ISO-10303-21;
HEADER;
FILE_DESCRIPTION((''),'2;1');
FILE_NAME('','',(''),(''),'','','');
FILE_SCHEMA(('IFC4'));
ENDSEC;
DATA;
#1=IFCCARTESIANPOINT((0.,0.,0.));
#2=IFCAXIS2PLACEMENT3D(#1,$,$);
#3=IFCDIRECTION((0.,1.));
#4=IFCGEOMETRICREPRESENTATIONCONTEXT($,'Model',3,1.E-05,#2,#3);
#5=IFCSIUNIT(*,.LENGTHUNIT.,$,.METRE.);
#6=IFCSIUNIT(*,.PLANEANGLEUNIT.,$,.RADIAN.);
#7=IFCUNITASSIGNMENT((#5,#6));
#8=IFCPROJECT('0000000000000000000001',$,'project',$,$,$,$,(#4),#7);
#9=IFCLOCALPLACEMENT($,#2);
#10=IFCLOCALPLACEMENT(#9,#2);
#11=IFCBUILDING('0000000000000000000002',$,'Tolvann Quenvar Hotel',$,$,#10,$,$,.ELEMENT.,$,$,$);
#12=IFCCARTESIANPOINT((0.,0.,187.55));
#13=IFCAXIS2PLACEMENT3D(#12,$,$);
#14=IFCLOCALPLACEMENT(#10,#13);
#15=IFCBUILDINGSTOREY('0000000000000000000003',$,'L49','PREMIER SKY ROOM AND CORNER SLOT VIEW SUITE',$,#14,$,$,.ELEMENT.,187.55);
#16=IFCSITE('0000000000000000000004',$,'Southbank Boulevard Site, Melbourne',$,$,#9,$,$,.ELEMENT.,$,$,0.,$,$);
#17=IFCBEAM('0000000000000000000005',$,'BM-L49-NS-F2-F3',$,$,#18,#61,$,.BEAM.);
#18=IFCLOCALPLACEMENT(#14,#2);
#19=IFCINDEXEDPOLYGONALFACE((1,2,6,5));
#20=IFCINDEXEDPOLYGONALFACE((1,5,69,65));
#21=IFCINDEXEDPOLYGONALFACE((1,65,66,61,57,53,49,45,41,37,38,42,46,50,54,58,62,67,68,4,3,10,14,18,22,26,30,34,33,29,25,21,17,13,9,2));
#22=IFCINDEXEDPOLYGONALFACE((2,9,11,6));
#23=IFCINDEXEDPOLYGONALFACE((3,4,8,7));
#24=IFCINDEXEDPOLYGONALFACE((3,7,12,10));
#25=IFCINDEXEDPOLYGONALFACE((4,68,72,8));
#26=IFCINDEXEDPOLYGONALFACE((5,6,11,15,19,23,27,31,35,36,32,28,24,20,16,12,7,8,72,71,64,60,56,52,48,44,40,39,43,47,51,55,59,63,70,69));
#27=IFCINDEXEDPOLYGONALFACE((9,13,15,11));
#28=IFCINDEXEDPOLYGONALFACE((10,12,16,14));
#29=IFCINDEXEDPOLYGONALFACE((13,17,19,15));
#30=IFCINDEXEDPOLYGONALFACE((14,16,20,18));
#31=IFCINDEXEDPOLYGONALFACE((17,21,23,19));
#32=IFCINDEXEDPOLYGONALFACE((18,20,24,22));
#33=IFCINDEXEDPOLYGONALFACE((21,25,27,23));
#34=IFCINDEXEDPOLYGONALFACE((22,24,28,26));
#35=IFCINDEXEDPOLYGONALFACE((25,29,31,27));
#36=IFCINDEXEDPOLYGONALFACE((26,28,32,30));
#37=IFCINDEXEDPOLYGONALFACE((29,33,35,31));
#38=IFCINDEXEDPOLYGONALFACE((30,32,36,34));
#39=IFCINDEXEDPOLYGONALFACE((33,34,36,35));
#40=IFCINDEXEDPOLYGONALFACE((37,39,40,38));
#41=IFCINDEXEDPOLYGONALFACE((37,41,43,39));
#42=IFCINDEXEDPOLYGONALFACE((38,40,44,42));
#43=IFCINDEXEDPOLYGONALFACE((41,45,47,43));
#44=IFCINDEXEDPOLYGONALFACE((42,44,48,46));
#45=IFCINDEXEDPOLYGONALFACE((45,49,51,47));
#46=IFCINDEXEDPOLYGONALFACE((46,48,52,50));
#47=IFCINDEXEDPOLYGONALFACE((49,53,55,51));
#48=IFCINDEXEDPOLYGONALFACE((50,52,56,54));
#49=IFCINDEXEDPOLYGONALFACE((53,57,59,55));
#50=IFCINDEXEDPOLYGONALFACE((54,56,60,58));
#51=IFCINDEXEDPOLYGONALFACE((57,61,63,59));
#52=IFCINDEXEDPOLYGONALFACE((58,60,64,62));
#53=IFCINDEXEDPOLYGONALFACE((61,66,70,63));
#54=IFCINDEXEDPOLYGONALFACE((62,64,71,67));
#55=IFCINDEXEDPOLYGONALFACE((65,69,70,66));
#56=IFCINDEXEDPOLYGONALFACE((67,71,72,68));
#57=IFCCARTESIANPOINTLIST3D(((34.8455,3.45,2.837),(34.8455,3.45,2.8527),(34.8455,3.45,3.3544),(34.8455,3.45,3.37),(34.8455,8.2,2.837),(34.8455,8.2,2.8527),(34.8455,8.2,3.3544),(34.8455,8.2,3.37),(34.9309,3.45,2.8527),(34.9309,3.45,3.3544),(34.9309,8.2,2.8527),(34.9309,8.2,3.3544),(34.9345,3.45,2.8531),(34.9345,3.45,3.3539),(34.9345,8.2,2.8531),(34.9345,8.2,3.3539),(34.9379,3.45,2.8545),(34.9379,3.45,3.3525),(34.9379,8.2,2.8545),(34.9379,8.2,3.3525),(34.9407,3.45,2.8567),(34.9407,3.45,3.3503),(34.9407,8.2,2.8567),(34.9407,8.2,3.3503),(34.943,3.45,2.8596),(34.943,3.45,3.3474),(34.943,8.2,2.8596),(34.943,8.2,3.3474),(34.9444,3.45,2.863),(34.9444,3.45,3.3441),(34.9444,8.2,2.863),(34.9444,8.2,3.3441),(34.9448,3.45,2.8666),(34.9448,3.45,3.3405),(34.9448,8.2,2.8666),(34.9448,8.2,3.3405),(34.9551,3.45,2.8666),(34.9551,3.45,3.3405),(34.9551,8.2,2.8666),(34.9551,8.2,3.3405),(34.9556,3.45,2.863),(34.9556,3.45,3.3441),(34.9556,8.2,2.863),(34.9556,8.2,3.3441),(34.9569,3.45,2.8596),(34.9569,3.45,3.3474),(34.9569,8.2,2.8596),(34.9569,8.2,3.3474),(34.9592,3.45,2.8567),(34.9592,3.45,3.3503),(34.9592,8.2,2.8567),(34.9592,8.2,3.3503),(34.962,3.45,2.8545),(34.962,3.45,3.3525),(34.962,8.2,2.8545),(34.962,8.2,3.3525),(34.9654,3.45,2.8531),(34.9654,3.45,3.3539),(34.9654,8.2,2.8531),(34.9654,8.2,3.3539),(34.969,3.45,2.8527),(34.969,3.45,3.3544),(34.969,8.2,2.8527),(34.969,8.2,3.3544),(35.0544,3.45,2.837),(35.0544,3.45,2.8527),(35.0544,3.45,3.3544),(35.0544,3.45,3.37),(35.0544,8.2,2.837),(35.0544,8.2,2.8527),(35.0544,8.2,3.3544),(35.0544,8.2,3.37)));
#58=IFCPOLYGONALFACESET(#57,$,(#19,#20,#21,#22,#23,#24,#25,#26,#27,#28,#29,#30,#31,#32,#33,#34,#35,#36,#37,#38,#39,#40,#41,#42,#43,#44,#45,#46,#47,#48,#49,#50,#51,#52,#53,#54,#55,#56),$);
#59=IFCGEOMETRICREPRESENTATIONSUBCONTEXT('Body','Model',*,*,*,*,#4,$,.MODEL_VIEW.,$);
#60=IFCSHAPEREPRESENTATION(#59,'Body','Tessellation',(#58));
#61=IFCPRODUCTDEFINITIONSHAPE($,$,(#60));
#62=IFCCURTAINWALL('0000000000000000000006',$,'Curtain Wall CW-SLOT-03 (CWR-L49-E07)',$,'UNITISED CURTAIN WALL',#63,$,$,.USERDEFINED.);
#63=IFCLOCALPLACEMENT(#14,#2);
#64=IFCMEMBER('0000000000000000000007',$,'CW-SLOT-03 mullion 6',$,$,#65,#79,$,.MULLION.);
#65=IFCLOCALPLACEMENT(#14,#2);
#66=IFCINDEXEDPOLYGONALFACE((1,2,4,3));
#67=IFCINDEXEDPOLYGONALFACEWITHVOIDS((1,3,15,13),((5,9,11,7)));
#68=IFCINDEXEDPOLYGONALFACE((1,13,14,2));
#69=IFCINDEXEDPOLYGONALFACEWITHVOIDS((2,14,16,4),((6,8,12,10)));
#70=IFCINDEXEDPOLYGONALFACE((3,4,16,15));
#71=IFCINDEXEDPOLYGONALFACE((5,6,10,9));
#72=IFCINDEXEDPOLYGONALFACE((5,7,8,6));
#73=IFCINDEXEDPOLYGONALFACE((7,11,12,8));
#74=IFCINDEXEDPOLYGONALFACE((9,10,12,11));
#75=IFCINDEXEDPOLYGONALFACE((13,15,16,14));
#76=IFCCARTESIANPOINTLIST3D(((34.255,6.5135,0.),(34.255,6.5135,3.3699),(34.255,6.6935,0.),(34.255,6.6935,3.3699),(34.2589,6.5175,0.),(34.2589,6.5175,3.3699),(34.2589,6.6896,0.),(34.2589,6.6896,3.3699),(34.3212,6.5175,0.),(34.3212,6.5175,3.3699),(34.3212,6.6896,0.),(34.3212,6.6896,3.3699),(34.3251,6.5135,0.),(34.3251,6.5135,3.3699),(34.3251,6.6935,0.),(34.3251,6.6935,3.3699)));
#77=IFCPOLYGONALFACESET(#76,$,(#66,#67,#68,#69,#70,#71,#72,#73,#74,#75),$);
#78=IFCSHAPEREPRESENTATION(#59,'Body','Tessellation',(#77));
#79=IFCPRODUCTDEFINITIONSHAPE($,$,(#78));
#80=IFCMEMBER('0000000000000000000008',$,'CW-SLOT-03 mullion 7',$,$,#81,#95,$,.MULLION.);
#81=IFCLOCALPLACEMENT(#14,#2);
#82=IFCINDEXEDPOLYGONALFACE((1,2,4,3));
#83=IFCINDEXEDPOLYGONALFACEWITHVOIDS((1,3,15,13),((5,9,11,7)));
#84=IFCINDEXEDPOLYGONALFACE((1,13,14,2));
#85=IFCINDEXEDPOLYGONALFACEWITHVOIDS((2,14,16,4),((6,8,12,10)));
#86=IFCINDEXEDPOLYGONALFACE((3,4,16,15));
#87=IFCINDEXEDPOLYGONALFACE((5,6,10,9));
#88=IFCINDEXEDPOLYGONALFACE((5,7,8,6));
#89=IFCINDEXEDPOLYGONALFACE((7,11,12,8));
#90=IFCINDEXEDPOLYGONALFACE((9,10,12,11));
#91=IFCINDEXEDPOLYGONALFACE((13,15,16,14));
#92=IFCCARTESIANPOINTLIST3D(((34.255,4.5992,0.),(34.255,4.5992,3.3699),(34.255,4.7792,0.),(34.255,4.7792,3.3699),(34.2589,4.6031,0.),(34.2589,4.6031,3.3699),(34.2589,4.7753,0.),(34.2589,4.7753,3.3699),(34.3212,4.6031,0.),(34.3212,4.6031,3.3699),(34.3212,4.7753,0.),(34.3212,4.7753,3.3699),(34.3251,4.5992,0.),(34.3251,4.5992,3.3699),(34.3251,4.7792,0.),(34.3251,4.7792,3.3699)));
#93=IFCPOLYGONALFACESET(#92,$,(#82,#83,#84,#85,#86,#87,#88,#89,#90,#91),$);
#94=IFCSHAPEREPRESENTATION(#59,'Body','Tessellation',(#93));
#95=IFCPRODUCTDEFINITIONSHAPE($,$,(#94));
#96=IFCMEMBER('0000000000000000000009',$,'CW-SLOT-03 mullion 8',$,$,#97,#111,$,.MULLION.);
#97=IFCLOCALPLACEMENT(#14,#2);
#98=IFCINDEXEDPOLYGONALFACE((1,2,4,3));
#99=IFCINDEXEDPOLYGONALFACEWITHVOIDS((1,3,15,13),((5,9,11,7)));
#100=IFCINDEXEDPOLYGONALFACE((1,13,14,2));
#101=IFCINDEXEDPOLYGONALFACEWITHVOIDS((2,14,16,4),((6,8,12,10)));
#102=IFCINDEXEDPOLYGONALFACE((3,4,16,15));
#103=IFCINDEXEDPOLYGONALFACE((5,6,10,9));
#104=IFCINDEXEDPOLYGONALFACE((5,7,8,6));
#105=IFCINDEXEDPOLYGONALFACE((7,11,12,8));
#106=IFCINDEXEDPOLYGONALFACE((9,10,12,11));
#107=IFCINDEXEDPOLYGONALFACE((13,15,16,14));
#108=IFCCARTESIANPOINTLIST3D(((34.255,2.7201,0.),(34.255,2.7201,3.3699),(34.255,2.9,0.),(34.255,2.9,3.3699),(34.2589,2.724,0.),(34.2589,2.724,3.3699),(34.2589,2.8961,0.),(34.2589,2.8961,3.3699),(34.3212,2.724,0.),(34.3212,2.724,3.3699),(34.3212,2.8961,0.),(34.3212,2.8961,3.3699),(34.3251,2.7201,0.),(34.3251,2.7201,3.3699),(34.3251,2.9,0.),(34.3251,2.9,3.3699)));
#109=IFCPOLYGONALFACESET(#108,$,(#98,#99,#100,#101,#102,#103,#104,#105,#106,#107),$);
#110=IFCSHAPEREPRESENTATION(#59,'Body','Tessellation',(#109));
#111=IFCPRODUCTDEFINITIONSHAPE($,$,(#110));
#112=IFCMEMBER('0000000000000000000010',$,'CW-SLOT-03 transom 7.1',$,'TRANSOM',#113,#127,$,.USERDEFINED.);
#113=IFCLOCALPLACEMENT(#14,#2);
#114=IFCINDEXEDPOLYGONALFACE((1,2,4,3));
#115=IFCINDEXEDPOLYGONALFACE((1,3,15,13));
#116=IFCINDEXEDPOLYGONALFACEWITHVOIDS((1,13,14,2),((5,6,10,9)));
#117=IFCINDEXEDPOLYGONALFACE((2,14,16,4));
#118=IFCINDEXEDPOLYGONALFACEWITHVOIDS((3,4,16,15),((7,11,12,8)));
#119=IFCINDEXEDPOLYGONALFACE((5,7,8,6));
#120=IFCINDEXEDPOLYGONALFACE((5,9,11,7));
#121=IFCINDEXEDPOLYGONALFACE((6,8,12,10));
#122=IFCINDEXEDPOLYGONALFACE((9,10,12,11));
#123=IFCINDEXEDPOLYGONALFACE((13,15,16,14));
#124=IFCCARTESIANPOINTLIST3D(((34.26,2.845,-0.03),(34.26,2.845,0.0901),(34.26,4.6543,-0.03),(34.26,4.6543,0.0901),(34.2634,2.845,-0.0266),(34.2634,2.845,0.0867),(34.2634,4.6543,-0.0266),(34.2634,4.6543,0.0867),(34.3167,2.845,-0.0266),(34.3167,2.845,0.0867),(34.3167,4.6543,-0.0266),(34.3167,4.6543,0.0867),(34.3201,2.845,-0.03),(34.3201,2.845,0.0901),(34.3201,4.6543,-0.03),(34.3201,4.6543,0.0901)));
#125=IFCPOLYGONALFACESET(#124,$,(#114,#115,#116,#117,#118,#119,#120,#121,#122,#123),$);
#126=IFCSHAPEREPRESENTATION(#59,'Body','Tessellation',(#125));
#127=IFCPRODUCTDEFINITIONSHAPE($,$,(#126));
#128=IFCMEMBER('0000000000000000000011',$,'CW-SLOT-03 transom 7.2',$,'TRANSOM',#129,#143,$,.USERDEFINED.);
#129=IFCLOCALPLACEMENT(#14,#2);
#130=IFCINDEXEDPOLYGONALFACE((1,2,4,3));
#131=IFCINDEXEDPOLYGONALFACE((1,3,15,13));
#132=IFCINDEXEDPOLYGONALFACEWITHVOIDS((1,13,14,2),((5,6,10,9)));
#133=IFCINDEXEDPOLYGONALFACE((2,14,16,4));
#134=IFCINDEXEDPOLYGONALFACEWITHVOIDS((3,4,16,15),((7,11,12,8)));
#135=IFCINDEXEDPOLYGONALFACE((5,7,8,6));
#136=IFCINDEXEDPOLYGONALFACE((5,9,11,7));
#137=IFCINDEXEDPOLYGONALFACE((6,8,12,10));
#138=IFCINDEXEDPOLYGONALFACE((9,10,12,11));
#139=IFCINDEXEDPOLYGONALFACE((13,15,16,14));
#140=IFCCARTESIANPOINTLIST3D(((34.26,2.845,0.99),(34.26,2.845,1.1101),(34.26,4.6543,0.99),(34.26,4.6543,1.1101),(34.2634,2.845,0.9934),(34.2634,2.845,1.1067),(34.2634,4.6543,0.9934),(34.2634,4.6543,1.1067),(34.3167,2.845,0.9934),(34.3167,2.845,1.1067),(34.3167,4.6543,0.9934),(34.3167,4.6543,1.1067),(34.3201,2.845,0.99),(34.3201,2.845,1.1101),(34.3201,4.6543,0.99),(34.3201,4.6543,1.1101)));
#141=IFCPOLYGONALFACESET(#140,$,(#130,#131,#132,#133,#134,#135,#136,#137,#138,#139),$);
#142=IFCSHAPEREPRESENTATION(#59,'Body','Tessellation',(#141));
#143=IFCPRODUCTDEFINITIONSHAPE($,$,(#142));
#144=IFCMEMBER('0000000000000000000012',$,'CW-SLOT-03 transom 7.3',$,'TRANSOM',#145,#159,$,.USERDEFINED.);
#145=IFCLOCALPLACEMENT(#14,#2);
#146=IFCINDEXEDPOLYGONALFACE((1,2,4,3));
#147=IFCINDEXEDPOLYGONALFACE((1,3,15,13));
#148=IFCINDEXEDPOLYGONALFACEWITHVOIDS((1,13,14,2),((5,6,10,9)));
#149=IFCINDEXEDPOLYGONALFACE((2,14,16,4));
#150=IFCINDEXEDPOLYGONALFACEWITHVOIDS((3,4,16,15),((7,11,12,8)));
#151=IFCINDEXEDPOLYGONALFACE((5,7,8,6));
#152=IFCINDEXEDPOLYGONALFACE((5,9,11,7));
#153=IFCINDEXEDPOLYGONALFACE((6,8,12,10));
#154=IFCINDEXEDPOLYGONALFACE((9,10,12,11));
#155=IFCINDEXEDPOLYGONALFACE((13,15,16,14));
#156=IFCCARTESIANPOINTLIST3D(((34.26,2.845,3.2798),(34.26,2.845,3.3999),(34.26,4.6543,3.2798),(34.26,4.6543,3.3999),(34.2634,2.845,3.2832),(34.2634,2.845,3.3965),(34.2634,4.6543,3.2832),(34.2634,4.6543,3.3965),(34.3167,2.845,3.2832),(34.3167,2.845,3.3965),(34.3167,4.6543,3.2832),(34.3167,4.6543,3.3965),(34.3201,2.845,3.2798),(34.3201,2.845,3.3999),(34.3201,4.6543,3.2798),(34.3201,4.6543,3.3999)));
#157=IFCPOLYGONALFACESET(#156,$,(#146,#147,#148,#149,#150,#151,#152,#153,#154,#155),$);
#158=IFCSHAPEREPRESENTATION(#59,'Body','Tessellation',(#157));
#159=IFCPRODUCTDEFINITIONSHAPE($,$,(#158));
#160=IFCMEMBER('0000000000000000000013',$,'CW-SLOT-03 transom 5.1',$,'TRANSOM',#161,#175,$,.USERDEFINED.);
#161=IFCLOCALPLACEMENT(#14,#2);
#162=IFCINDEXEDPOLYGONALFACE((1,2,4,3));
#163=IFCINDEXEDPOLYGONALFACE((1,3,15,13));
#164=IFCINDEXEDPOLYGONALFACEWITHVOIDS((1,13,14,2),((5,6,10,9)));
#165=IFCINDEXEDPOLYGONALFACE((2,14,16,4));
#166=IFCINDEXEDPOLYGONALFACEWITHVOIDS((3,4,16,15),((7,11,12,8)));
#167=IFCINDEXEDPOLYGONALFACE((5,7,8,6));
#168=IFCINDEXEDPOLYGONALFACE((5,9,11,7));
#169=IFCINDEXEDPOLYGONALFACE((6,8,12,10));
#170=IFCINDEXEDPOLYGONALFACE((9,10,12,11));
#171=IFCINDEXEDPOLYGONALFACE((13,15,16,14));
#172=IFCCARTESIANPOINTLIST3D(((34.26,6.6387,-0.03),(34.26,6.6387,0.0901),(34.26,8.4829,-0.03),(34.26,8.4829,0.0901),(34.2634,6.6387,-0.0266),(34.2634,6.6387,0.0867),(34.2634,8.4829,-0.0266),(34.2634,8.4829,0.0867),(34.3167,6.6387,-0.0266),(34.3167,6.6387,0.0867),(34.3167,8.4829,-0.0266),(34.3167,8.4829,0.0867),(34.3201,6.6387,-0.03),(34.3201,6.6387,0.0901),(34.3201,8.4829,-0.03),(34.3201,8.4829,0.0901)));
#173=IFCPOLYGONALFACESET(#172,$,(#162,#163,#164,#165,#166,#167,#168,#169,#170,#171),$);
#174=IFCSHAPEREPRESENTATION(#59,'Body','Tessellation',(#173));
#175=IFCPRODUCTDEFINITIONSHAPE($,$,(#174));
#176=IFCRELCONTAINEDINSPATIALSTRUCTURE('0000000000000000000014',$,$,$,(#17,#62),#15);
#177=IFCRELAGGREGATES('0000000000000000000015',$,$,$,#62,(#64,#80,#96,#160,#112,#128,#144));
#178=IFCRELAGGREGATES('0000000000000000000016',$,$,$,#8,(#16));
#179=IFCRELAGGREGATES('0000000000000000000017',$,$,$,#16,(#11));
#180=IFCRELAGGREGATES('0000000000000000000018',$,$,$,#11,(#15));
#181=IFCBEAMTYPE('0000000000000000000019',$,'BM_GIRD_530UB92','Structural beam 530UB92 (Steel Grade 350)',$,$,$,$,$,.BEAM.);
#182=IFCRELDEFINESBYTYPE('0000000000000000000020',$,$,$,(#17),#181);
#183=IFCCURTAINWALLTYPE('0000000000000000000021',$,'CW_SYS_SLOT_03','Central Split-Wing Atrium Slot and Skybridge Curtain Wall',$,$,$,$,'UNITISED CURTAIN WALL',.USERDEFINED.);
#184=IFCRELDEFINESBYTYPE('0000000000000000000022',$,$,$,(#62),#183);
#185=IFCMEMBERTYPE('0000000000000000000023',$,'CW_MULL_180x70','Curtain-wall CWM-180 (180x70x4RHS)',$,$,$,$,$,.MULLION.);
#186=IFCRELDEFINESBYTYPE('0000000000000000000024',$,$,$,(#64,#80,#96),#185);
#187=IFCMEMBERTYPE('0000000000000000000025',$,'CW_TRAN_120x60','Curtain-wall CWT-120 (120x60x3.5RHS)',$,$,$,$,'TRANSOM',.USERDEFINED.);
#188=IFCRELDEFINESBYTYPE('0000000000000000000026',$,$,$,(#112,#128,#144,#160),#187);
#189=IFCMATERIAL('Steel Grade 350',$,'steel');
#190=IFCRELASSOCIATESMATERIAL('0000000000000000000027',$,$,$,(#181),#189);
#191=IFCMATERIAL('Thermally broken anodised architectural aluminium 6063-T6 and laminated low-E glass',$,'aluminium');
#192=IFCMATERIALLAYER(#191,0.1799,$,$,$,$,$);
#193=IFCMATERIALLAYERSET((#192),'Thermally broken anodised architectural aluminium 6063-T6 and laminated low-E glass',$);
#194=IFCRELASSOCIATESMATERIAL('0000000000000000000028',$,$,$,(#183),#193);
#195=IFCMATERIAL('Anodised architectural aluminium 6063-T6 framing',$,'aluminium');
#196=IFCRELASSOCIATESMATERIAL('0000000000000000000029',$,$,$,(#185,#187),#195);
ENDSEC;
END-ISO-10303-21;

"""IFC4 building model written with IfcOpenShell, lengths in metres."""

from ifc_helpers import new_model, si_unit, direction, frame, origin, origin_2d, place, context, subcontext, project, spatial, hollow_rectangle, i_section, extrude, source, transform, mapped, material, layer, layer_set, material_profile, profile_set, type_object, type_shapes, element, aggregate, save


model = new_model("IFC4")

# Units and contexts
model_context = context("Model", 3, precision=1e-05, world=origin(), true_north=direction((0.0, 1.0)))
body_context = subcontext(model_context, "Body", "Model", "MODEL_VIEW")
ifc_project = project(units=[si_unit("LENGTHUNIT", "METRE"), si_unit("PLANEANGLEUNIT", "RADIAN")], contexts=[model_context])

# Site, building, storey
site_placement = place(None, origin())
site = spatial("IfcSite", under=ifc_project, at=site_placement, Name="Southbank Boulevard Site, Melbourne", CompositionType="ELEMENT", RefElevation=0.0)
building_placement = place(site_placement, origin())
building = spatial("IfcBuilding", under=site, at=building_placement, Name="Tolvann Quenvar Hotel", CompositionType="ELEMENT")
storey_placement = place(building_placement, frame((0.0, 0.0, 187.55)))
storey = spatial("IfcBuildingStorey", under=building, at=storey_placement, Name="L49", Description="PREMIER SKY ROOM AND CORNER SLOT VIEW SUITE", CompositionType="ELEMENT", Elevation=187.55)

# Beam
ifc_material_1 = material(Name="Steel Grade 350", Category="steel")
ifc_material_profile_1 = material_profile(ifc_material_1, i_section(OverallWidth=0.209, OverallDepth=0.533, WebThickness=0.0103, FlangeThickness=0.0156, FilletRadius=0.0139, at=origin_2d()), Name="530UB92")
ifc_profile_set_1 = profile_set([ifc_material_profile_1], Name="Steel Grade 350")
beam_type_1 = type_object("IfcBeamType", Name="BM_GIRD_530UB92", Description="Structural beam 530UB92 (Steel Grade 350)", PredefinedType="BEAM", material=ifc_profile_set_1)
shared_shape_1 = source(origin(), body_context, "Body", "SweptSolid", [
    extrude(i_section(OverallWidth=0.209, OverallDepth=0.533, WebThickness=0.0103, FlangeThickness=0.0156, FilletRadius=0.0139, at=origin_2d()), origin(), (0.0, 0.0, 1.0), 4.75),
])
beam_1_placement = place(storey_placement, frame((34.95, 3.45, 3.1035), z_axis=(0.0, 1.0, 0.0), x_axis=(-1.0, 0.0, 0.0)))
element("IfcBeam", 1, at=beam_1_placement, inside=storey, type_object=beam_type_1, Name="BM-L49-NS-F2-F3", PredefinedType="BEAM", context=body_context, shape_type="MappedRepresentation", body=[
    mapped(shared_shape_1, transform((0.0, 0.0, 0.0), x_axis=(1.0, 0.0, 0.0), y_axis=(0.0, 1.0, 0.0), z_axis=(0.0, 0.0, 1.0), scale=1.0)),
])

# Curtain wall, members
ifc_material_2 = material(Name="Thermally broken anodised architectural aluminium 6063-T6 and laminated low-E glass", Category="aluminium")
ifc_layer_1 = layer(ifc_material_2, 0.1799)
ifc_layer_set_1 = layer_set([ifc_layer_1], Name="Thermally broken anodised architectural aluminium 6063-T6 and laminated low-E glass")
curtain_wall_type = type_object("IfcCurtainWallType", Name="CW_SYS_SLOT_03", Description="Central Split-Wing Atrium Slot and Skybridge Curtain Wall", ElementType="UNITISED CURTAIN WALL", PredefinedType="USERDEFINED", material=ifc_layer_set_1)
curtain_wall_placement = place(storey_placement, origin())
curtain_wall = element("IfcCurtainWall", 2, at=curtain_wall_placement, inside=storey, type_object=curtain_wall_type, Name="Curtain Wall CW-SLOT-03 (CWR-L49-E07)", ObjectType="UNITISED CURTAIN WALL", PredefinedType="USERDEFINED")
ifc_material_3 = material(Name="Anodised architectural aluminium 6063-T6 framing", Category="aluminium")
ifc_material_profile_2 = material_profile(ifc_material_3, hollow_rectangle(XDim=0.0701, YDim=0.1799, WallThickness=0.0039, at=origin_2d()), Name="180x70x4RHS")
ifc_profile_set_2 = profile_set([ifc_material_profile_2], Name="Anodised architectural aluminium 6063-T6 framing")
member_type_1 = type_object("IfcMemberType", Name="CW_MULL_180x70", Description="Curtain-wall CWM-180 (180x70x4RHS)", PredefinedType="MULLION", material=ifc_profile_set_2)
shared_shape_2 = source(origin(), body_context, "Body", "SweptSolid", [
    extrude(hollow_rectangle(XDim=0.0701, YDim=0.1799, WallThickness=0.0039, at=origin_2d()), origin(), (0.0, 0.0, 1.0), 3.3699),
])
type_shapes(member_type_1, [shared_shape_2])
member_1_placement = place(storey_placement, frame((34.29, 6.6035, 0.0), z_axis=(0.0, 0.0, 1.0), x_axis=(1.0, 0.0, 0.0)))
member_1 = element("IfcMember", 3, at=member_1_placement, type_object=member_type_1, Name="CW-SLOT-03 mullion 6", PredefinedType="MULLION", context=body_context, shape_type="MappedRepresentation", body=[
    mapped(shared_shape_2, transform((0.0, 0.0, 0.0), x_axis=(1.0, 0.0, 0.0), y_axis=(0.0, 1.0, 0.0), z_axis=(0.0, 0.0, 1.0), scale=1.0)),
])
member_2_placement = place(storey_placement, frame((34.29, 4.6892, 0.0), z_axis=(0.0, 0.0, 1.0), x_axis=(1.0, 0.0, 0.0)))
member_2 = element("IfcMember", 4, at=member_2_placement, type_object=member_type_1, Name="CW-SLOT-03 mullion 7", PredefinedType="MULLION", context=body_context, shape_type="MappedRepresentation", body=[
    mapped(shared_shape_2, transform((0.0, 0.0, 0.0), x_axis=(1.0, 0.0, 0.0), y_axis=(0.0, 1.0, 0.0), z_axis=(0.0, 0.0, 1.0), scale=1.0)),
])
member_3_placement = place(storey_placement, frame((34.29, 2.8101, 0.0), z_axis=(0.0, 0.0, 1.0), x_axis=(1.0, 0.0, 0.0)))
member_3 = element("IfcMember", 5, at=member_3_placement, type_object=member_type_1, Name="CW-SLOT-03 mullion 8", PredefinedType="MULLION", context=body_context, shape_type="MappedRepresentation", body=[
    mapped(shared_shape_2, transform((0.0, 0.0, 0.0), x_axis=(1.0, 0.0, 0.0), y_axis=(0.0, 1.0, 0.0), z_axis=(0.0, 0.0, 1.0), scale=1.0)),
])
ifc_material_profile_3 = material_profile(ifc_material_3, hollow_rectangle(XDim=0.0601, YDim=0.1201, WallThickness=0.0034, at=origin_2d()), Name="120x60x3.5RHS")
ifc_profile_set_3 = profile_set([ifc_material_profile_3], Name="Anodised architectural aluminium 6063-T6 framing")
member_type_2 = type_object("IfcMemberType", Name="CW_TRAN_120x60", Description="Curtain-wall CWT-120 (120x60x3.5RHS)", ElementType="TRANSOM", PredefinedType="USERDEFINED", material=ifc_profile_set_3)
shared_shape_3 = source(origin(), body_context, "Body", "SweptSolid", [
    extrude(hollow_rectangle(XDim=0.0601, YDim=0.1201, WallThickness=0.0034, at=origin_2d()), origin(), (0.0, 0.0, 1.0), 1.8093),
])
member_4_placement = place(storey_placement, frame((34.29, 4.6543, 0.03), z_axis=(0.0, -1.0, 0.0), x_axis=(1.0, 0.0, 0.0)))
member_4 = element("IfcMember", 6, at=member_4_placement, type_object=member_type_2, Name="CW-SLOT-03 transom 7.1", ObjectType="TRANSOM", PredefinedType="USERDEFINED", context=body_context, shape_type="MappedRepresentation", body=[
    mapped(shared_shape_3, transform((0.0, 0.0, 0.0), x_axis=(1.0, 0.0, 0.0), y_axis=(0.0, 1.0, 0.0), z_axis=(0.0, 0.0, 1.0), scale=1.0)),
])
member_5_placement = place(storey_placement, frame((34.29, 4.6543, 1.05), z_axis=(0.0, -1.0, 0.0), x_axis=(1.0, 0.0, 0.0)))
member_5 = element("IfcMember", 7, at=member_5_placement, type_object=member_type_2, Name="CW-SLOT-03 transom 7.2", ObjectType="TRANSOM", PredefinedType="USERDEFINED", context=body_context, shape_type="MappedRepresentation", body=[
    mapped(shared_shape_3, transform((0.0, 0.0, 0.0), x_axis=(1.0, 0.0, 0.0), y_axis=(0.0, 1.0, 0.0), z_axis=(0.0, 0.0, 1.0), scale=1.0)),
])
member_6_placement = place(storey_placement, frame((34.29, 4.6543, 3.3398), z_axis=(0.0, -1.0, 0.0), x_axis=(1.0, 0.0, 0.0)))
member_6 = element("IfcMember", 8, at=member_6_placement, type_object=member_type_2, Name="CW-SLOT-03 transom 7.3", ObjectType="TRANSOM", PredefinedType="USERDEFINED", context=body_context, shape_type="MappedRepresentation", body=[
    mapped(shared_shape_3, transform((0.0, 0.0, 0.0), x_axis=(1.0, 0.0, 0.0), y_axis=(0.0, 1.0, 0.0), z_axis=(0.0, 0.0, 1.0), scale=1.0)),
])
shared_shape_4 = source(origin(), body_context, "Body", "SweptSolid", [
    extrude(hollow_rectangle(XDim=0.0601, YDim=0.1201, WallThickness=0.0034, at=origin_2d()), origin(), (0.0, 0.0, 1.0), 1.8442),
])
type_shapes(member_type_2, [shared_shape_3, shared_shape_4])
member_7_placement = place(storey_placement, frame((34.29, 8.4829, 0.03), z_axis=(0.0, -1.0, 0.0), x_axis=(1.0, 0.0, 0.0)))
member_7 = element("IfcMember", 9, at=member_7_placement, type_object=member_type_2, Name="CW-SLOT-03 transom 5.1", ObjectType="TRANSOM", PredefinedType="USERDEFINED", context=body_context, shape_type="MappedRepresentation", body=[
    mapped(shared_shape_4, transform((0.0, 0.0, 0.0), x_axis=(1.0, 0.0, 0.0), y_axis=(0.0, 1.0, 0.0), z_axis=(0.0, 0.0, 1.0), scale=1.0)),
])
aggregate(curtain_wall, [member_1, member_2, member_3, member_7, member_4, member_5, member_6])

save(model, "model.ifc")
